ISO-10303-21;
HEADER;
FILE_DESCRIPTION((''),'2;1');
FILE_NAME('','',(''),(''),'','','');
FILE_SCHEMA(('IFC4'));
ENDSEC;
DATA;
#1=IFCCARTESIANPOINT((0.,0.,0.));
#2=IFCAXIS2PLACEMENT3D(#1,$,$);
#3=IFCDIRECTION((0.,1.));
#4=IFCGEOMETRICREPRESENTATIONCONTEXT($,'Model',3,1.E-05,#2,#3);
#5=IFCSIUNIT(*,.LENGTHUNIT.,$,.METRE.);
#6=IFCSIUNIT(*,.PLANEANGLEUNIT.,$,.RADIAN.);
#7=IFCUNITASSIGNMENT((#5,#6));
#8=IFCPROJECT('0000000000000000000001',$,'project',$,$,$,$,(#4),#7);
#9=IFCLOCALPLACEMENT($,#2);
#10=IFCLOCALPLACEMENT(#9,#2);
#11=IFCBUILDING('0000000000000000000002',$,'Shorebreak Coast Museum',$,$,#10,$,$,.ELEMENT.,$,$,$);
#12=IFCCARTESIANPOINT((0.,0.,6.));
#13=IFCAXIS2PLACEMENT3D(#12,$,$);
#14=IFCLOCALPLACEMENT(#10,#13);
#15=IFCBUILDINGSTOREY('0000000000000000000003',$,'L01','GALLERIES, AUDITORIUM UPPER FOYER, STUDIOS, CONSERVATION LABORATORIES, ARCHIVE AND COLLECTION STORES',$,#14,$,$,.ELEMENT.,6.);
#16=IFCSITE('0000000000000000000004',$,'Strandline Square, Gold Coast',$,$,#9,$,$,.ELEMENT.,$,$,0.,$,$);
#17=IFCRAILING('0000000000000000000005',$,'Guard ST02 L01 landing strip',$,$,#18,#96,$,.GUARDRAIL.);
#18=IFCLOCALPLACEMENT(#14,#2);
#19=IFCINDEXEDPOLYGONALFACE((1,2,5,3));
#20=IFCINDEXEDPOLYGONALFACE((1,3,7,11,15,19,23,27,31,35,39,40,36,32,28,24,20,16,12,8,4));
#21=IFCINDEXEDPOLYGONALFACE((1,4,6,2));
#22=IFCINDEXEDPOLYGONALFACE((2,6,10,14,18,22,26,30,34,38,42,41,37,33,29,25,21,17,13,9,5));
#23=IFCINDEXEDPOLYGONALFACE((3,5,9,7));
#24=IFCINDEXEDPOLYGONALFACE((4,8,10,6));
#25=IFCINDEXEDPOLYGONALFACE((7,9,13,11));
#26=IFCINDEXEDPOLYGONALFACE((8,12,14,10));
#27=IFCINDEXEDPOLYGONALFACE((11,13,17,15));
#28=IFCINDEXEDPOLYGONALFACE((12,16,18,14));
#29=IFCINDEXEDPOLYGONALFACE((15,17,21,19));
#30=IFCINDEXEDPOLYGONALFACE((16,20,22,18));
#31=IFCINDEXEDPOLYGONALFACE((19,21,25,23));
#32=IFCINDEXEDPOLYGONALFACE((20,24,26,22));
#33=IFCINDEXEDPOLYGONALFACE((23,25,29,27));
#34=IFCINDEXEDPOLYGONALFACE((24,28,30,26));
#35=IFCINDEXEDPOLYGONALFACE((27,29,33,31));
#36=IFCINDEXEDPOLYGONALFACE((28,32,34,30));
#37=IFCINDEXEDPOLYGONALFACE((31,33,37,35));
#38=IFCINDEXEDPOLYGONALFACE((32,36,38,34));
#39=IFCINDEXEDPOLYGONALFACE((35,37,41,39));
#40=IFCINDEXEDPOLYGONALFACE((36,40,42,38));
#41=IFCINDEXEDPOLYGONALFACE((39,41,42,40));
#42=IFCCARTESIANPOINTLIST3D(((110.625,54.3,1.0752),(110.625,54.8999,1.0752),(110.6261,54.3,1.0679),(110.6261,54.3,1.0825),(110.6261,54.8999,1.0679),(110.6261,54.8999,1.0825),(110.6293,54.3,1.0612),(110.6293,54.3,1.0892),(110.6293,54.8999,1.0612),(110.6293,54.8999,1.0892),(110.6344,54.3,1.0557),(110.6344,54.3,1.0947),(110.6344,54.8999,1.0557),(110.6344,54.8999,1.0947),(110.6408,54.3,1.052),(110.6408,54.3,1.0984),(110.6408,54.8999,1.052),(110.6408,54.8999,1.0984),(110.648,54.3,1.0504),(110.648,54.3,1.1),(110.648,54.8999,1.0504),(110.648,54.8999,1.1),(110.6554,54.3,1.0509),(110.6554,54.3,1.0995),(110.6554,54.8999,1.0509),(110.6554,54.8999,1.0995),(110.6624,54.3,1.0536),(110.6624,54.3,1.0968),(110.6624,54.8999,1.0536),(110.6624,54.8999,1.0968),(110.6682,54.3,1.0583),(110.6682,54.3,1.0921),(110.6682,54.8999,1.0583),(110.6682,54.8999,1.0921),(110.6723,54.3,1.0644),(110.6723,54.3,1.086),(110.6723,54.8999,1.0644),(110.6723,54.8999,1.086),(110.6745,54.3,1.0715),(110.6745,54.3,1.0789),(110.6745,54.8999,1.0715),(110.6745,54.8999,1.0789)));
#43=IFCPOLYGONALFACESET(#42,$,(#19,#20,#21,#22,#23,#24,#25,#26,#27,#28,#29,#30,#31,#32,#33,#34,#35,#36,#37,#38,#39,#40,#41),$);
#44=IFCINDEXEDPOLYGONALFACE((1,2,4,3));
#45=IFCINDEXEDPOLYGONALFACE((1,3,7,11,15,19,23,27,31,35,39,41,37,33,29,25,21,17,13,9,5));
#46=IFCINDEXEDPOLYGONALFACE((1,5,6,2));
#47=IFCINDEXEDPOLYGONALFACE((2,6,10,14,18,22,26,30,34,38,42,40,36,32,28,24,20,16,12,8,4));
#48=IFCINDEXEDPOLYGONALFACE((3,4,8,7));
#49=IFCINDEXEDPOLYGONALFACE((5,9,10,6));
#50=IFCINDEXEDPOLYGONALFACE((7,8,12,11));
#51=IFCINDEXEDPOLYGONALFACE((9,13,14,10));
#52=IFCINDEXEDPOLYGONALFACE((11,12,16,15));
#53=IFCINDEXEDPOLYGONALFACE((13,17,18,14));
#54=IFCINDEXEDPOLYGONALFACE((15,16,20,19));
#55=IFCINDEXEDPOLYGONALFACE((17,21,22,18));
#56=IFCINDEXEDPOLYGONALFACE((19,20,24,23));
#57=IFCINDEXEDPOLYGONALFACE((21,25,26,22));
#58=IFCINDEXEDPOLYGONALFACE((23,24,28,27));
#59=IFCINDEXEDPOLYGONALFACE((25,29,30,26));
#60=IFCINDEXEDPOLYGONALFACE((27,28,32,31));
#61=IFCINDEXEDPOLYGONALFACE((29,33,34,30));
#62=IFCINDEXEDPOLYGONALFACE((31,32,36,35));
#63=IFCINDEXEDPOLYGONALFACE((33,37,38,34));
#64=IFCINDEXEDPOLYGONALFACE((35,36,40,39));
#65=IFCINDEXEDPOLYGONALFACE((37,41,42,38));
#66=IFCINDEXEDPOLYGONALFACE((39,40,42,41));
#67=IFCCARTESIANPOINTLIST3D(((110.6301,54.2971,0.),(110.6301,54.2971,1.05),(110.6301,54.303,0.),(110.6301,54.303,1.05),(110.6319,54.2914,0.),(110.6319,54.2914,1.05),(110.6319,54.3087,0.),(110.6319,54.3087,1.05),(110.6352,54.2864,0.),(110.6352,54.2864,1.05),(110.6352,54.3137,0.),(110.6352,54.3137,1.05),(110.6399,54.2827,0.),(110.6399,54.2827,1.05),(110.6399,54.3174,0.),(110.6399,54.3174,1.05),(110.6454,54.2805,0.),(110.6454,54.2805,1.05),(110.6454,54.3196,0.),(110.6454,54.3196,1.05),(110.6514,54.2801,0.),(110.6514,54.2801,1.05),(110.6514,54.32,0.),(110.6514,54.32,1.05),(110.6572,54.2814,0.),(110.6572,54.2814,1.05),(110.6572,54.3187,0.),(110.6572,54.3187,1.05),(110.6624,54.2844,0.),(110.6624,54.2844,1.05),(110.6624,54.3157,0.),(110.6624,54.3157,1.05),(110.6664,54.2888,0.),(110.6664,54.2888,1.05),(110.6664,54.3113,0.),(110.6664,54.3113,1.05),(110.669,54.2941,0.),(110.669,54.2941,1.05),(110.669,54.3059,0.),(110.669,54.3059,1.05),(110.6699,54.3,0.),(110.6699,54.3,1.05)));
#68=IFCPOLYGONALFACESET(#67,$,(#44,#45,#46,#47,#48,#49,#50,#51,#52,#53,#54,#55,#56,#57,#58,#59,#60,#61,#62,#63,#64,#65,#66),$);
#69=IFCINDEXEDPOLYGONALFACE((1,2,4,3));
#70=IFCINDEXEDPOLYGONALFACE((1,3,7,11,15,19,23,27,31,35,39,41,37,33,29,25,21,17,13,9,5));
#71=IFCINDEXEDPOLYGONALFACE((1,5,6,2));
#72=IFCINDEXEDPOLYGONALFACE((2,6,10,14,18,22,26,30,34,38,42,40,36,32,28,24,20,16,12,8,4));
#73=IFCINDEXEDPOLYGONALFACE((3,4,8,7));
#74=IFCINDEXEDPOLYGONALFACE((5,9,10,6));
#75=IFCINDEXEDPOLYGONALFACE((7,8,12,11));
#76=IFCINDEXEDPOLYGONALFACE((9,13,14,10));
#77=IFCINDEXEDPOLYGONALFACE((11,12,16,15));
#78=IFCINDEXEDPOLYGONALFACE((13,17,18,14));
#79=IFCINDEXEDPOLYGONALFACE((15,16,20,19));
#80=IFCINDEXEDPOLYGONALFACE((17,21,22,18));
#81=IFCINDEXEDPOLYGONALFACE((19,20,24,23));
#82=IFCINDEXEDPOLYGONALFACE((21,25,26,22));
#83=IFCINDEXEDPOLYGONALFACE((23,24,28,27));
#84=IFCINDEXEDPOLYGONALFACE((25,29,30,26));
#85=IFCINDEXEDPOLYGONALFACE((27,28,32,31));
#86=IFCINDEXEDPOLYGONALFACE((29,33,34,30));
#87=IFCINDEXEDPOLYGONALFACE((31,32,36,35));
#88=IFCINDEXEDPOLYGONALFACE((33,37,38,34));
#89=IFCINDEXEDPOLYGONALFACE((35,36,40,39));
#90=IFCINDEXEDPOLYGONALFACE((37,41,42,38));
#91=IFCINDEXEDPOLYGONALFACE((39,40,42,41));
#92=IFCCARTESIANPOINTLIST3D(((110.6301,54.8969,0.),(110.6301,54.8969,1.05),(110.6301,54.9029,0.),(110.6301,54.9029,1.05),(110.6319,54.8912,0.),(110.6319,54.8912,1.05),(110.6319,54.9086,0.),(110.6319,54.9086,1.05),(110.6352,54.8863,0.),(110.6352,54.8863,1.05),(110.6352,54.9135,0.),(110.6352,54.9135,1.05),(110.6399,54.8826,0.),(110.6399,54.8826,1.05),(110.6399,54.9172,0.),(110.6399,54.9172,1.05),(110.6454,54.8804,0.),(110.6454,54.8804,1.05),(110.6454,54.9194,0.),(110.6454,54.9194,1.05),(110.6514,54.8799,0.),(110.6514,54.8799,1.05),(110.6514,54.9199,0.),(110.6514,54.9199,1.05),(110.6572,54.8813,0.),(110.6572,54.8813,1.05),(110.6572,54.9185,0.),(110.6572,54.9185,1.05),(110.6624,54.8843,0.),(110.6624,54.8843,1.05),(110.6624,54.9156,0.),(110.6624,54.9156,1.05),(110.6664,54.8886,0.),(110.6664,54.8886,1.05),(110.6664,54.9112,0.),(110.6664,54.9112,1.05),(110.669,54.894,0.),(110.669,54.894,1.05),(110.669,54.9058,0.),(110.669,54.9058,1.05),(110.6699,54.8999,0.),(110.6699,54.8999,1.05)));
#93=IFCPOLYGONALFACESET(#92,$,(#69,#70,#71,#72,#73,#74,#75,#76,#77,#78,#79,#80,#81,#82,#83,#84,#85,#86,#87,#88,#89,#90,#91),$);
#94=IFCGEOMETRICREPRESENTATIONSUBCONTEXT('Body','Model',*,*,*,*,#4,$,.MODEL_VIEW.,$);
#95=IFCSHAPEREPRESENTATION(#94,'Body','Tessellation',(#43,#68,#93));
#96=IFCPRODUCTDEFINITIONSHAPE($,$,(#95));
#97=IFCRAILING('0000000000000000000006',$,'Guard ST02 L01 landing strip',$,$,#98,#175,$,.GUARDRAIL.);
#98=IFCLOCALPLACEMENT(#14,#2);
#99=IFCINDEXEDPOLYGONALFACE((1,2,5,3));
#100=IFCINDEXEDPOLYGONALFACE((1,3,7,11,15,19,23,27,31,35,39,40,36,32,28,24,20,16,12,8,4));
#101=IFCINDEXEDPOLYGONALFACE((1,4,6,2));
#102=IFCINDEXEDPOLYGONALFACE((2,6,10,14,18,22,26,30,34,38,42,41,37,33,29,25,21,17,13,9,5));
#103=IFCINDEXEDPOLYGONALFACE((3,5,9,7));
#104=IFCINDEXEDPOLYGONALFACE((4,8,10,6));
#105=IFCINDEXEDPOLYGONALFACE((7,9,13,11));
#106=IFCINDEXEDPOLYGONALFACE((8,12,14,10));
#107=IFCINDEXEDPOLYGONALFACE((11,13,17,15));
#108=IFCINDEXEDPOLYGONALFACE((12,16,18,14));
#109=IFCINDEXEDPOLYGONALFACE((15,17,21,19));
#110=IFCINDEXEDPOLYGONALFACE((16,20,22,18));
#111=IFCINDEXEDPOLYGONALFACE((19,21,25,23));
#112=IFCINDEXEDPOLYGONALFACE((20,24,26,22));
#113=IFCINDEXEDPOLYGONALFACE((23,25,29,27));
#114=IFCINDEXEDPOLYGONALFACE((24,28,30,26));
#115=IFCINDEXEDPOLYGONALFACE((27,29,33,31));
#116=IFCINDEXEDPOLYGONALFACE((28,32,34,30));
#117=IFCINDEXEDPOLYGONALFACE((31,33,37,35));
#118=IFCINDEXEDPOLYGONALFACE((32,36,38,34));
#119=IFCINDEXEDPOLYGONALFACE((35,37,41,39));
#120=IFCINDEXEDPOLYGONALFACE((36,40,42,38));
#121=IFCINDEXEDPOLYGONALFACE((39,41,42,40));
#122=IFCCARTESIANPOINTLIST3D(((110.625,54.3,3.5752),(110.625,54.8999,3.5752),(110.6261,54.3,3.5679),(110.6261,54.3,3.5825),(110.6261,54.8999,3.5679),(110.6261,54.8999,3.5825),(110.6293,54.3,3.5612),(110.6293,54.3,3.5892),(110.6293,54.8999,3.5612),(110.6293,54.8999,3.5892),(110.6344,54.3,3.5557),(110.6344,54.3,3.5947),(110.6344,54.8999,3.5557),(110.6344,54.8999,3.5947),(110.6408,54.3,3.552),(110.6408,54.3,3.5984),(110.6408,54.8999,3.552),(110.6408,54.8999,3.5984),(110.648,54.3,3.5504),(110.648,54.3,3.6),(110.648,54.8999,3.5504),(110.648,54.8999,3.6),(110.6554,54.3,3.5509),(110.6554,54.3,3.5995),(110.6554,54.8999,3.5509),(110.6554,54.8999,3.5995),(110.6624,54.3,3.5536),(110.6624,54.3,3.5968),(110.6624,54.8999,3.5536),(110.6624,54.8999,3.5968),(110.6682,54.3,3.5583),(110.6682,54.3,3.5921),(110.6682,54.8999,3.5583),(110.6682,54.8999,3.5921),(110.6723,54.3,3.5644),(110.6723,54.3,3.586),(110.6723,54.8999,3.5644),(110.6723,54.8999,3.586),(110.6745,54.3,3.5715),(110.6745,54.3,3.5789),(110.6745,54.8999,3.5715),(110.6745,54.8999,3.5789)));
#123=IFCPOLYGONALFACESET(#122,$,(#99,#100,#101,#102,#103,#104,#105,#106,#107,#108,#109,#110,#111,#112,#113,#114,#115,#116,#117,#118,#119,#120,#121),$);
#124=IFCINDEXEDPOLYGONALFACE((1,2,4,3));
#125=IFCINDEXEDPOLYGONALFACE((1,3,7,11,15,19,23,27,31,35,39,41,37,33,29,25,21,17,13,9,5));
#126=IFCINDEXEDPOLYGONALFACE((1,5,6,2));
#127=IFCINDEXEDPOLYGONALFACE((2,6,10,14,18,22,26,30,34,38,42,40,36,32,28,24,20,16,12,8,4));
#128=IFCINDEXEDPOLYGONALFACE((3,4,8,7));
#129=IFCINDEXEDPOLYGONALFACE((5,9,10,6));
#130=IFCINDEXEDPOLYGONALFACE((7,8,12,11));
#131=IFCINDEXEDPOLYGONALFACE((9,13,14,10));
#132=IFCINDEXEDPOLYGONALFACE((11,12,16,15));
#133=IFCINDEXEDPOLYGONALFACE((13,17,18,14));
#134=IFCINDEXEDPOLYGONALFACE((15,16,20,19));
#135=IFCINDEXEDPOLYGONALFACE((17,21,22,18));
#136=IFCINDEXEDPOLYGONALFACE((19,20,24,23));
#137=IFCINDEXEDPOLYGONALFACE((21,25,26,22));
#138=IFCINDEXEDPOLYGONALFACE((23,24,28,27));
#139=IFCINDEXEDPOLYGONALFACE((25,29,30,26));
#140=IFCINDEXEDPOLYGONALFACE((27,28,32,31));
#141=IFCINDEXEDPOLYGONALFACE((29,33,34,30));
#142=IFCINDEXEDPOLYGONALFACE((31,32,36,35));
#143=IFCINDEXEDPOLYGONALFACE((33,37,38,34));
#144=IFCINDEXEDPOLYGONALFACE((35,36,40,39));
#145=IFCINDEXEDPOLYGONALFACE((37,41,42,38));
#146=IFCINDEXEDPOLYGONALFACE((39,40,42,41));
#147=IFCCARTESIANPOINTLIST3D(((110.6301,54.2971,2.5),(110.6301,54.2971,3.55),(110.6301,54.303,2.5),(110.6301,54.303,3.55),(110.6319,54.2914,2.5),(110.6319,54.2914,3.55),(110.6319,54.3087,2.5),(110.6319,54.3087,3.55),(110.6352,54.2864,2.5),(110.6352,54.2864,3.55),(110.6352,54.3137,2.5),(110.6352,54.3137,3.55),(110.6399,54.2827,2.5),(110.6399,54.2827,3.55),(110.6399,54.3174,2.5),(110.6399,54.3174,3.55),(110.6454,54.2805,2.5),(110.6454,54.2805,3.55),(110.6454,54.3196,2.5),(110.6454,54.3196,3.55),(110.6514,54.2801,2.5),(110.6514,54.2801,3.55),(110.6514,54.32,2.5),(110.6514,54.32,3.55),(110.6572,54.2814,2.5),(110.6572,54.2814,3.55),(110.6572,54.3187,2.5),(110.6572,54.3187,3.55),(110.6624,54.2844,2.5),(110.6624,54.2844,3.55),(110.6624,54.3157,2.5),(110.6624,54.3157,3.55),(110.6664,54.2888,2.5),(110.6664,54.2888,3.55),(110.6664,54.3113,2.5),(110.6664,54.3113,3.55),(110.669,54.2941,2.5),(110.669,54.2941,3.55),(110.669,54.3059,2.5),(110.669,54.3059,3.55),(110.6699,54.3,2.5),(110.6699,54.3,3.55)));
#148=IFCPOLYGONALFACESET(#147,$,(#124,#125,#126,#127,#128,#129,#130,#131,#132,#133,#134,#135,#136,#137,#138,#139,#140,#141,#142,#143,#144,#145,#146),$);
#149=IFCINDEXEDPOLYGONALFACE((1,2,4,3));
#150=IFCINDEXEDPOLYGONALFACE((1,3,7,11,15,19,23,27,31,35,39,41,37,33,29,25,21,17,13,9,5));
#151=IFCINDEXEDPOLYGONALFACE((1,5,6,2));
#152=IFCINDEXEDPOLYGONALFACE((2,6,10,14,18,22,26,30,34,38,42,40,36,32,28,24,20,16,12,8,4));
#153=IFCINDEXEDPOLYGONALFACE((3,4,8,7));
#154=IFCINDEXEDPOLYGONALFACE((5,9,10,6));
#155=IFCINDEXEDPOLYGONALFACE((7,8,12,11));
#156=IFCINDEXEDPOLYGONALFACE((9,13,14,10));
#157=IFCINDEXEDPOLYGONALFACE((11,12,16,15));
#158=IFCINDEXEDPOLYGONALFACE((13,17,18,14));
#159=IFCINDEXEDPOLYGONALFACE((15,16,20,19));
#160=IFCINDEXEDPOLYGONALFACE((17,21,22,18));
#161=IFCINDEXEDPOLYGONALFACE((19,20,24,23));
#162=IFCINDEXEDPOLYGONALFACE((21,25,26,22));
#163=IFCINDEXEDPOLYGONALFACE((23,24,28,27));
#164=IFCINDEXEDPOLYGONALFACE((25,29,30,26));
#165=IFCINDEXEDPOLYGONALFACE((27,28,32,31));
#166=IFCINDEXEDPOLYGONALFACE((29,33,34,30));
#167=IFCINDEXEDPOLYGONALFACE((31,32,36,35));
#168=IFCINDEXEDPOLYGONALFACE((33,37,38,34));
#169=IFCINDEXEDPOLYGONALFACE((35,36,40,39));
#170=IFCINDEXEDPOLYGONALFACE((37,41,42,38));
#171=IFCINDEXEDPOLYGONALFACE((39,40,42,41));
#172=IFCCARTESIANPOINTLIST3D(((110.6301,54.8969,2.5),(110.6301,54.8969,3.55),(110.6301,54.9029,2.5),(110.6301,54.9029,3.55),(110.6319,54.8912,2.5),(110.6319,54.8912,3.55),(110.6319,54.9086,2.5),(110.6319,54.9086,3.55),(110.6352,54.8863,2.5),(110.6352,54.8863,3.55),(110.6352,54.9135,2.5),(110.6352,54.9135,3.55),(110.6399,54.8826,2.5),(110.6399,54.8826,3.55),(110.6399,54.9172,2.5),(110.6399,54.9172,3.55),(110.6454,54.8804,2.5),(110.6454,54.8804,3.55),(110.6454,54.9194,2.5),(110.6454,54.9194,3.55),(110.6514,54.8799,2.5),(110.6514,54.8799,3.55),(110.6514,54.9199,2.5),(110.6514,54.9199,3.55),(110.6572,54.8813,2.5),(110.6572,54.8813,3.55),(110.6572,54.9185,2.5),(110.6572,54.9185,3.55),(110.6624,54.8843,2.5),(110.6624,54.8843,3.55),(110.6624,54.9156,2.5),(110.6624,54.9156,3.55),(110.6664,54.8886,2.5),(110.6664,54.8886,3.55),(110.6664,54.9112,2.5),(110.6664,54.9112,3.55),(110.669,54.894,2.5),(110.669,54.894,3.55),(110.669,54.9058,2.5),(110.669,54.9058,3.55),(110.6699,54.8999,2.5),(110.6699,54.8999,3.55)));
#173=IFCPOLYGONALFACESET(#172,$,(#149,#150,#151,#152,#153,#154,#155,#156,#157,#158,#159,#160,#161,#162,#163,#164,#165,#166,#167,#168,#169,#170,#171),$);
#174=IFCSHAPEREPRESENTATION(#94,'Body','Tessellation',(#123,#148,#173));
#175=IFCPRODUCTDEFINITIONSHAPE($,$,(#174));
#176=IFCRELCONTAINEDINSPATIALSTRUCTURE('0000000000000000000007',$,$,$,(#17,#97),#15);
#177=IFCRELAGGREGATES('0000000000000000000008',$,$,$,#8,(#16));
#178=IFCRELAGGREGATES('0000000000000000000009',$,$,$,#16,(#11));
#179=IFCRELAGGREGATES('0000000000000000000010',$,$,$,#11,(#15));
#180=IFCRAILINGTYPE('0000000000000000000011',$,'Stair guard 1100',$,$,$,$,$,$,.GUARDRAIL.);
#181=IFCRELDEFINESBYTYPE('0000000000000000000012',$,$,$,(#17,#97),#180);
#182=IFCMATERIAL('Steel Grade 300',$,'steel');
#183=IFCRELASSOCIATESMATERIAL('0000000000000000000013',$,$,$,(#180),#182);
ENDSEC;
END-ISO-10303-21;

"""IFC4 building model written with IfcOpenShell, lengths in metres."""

from ifc_helpers import new_model, si_unit, direction, frame, origin, origin_2d, place, context, subcontext, project, spatial, circle, extrude, material, type_object, element, save


model = new_model("IFC4")

# Units and contexts
model_context = context("Model", 3, precision=1e-05, world=origin(), true_north=direction((0.0, 1.0)))
body_context = subcontext(model_context, "Body", "Model", "MODEL_VIEW")
ifc_project = project(units=[si_unit("LENGTHUNIT", "METRE"), si_unit("PLANEANGLEUNIT", "RADIAN")], contexts=[model_context])

# Site, building, storey
site_placement = place(None, origin())
site = spatial("IfcSite", under=ifc_project, at=site_placement, Name="Strandline Square, Gold Coast", CompositionType="ELEMENT", RefElevation=0.0)
building_placement = place(site_placement, origin())
building = spatial("IfcBuilding", under=site, at=building_placement, Name="Shorebreak Coast Museum", CompositionType="ELEMENT")
storey_placement = place(building_placement, frame((0.0, 0.0, 6.0)))
storey = spatial("IfcBuildingStorey", under=building, at=storey_placement, Name="L01", Description="GALLERIES, AUDITORIUM UPPER FOYER, STUDIOS, CONSERVATION LABORATORIES, ARCHIVE AND COLLECTION STORES", CompositionType="ELEMENT", Elevation=6.0)

# Railings
ifc_material_1 = material(Name="Steel Grade 300", Category="steel")
railing_type_1 = type_object("IfcRailingType", Name="Stair guard 1100", PredefinedType="GUARDRAIL", material=ifc_material_1)
for number, where, name in (
    (1, (110.6499, 54.3, 0.0), "Guard ST02 L01 landing strip"),
    (2, (110.6499, 54.3, 2.5), "Guard ST02 L01 landing strip"),
):
    element("IfcRailing", number, at=place(storey_placement, frame(where)), inside=storey, type_object=railing_type_1, Name=name, PredefinedType="GUARDRAIL", context=body_context, shape_type="SweptSolid", body=[
        extrude(circle(Radius=0.0249, at=origin_2d()), frame((0.0, 0.0, 1.0752), z_axis=(0.0, 1.0, 0.0), x_axis=(-1.0, 0.0, 0.0)), (0.0, 0.0, 1.0), 0.5999),
        extrude(circle(Radius=0.02, at=origin_2d()), origin(), (0.0, 0.0, 1.0), 1.05),
        extrude(circle(Radius=0.02, at=origin_2d()), frame((0.0, 0.5999, 0.0)), (0.0, 0.0, 1.0), 1.05),
    ])

save(model, "model.ifc")
